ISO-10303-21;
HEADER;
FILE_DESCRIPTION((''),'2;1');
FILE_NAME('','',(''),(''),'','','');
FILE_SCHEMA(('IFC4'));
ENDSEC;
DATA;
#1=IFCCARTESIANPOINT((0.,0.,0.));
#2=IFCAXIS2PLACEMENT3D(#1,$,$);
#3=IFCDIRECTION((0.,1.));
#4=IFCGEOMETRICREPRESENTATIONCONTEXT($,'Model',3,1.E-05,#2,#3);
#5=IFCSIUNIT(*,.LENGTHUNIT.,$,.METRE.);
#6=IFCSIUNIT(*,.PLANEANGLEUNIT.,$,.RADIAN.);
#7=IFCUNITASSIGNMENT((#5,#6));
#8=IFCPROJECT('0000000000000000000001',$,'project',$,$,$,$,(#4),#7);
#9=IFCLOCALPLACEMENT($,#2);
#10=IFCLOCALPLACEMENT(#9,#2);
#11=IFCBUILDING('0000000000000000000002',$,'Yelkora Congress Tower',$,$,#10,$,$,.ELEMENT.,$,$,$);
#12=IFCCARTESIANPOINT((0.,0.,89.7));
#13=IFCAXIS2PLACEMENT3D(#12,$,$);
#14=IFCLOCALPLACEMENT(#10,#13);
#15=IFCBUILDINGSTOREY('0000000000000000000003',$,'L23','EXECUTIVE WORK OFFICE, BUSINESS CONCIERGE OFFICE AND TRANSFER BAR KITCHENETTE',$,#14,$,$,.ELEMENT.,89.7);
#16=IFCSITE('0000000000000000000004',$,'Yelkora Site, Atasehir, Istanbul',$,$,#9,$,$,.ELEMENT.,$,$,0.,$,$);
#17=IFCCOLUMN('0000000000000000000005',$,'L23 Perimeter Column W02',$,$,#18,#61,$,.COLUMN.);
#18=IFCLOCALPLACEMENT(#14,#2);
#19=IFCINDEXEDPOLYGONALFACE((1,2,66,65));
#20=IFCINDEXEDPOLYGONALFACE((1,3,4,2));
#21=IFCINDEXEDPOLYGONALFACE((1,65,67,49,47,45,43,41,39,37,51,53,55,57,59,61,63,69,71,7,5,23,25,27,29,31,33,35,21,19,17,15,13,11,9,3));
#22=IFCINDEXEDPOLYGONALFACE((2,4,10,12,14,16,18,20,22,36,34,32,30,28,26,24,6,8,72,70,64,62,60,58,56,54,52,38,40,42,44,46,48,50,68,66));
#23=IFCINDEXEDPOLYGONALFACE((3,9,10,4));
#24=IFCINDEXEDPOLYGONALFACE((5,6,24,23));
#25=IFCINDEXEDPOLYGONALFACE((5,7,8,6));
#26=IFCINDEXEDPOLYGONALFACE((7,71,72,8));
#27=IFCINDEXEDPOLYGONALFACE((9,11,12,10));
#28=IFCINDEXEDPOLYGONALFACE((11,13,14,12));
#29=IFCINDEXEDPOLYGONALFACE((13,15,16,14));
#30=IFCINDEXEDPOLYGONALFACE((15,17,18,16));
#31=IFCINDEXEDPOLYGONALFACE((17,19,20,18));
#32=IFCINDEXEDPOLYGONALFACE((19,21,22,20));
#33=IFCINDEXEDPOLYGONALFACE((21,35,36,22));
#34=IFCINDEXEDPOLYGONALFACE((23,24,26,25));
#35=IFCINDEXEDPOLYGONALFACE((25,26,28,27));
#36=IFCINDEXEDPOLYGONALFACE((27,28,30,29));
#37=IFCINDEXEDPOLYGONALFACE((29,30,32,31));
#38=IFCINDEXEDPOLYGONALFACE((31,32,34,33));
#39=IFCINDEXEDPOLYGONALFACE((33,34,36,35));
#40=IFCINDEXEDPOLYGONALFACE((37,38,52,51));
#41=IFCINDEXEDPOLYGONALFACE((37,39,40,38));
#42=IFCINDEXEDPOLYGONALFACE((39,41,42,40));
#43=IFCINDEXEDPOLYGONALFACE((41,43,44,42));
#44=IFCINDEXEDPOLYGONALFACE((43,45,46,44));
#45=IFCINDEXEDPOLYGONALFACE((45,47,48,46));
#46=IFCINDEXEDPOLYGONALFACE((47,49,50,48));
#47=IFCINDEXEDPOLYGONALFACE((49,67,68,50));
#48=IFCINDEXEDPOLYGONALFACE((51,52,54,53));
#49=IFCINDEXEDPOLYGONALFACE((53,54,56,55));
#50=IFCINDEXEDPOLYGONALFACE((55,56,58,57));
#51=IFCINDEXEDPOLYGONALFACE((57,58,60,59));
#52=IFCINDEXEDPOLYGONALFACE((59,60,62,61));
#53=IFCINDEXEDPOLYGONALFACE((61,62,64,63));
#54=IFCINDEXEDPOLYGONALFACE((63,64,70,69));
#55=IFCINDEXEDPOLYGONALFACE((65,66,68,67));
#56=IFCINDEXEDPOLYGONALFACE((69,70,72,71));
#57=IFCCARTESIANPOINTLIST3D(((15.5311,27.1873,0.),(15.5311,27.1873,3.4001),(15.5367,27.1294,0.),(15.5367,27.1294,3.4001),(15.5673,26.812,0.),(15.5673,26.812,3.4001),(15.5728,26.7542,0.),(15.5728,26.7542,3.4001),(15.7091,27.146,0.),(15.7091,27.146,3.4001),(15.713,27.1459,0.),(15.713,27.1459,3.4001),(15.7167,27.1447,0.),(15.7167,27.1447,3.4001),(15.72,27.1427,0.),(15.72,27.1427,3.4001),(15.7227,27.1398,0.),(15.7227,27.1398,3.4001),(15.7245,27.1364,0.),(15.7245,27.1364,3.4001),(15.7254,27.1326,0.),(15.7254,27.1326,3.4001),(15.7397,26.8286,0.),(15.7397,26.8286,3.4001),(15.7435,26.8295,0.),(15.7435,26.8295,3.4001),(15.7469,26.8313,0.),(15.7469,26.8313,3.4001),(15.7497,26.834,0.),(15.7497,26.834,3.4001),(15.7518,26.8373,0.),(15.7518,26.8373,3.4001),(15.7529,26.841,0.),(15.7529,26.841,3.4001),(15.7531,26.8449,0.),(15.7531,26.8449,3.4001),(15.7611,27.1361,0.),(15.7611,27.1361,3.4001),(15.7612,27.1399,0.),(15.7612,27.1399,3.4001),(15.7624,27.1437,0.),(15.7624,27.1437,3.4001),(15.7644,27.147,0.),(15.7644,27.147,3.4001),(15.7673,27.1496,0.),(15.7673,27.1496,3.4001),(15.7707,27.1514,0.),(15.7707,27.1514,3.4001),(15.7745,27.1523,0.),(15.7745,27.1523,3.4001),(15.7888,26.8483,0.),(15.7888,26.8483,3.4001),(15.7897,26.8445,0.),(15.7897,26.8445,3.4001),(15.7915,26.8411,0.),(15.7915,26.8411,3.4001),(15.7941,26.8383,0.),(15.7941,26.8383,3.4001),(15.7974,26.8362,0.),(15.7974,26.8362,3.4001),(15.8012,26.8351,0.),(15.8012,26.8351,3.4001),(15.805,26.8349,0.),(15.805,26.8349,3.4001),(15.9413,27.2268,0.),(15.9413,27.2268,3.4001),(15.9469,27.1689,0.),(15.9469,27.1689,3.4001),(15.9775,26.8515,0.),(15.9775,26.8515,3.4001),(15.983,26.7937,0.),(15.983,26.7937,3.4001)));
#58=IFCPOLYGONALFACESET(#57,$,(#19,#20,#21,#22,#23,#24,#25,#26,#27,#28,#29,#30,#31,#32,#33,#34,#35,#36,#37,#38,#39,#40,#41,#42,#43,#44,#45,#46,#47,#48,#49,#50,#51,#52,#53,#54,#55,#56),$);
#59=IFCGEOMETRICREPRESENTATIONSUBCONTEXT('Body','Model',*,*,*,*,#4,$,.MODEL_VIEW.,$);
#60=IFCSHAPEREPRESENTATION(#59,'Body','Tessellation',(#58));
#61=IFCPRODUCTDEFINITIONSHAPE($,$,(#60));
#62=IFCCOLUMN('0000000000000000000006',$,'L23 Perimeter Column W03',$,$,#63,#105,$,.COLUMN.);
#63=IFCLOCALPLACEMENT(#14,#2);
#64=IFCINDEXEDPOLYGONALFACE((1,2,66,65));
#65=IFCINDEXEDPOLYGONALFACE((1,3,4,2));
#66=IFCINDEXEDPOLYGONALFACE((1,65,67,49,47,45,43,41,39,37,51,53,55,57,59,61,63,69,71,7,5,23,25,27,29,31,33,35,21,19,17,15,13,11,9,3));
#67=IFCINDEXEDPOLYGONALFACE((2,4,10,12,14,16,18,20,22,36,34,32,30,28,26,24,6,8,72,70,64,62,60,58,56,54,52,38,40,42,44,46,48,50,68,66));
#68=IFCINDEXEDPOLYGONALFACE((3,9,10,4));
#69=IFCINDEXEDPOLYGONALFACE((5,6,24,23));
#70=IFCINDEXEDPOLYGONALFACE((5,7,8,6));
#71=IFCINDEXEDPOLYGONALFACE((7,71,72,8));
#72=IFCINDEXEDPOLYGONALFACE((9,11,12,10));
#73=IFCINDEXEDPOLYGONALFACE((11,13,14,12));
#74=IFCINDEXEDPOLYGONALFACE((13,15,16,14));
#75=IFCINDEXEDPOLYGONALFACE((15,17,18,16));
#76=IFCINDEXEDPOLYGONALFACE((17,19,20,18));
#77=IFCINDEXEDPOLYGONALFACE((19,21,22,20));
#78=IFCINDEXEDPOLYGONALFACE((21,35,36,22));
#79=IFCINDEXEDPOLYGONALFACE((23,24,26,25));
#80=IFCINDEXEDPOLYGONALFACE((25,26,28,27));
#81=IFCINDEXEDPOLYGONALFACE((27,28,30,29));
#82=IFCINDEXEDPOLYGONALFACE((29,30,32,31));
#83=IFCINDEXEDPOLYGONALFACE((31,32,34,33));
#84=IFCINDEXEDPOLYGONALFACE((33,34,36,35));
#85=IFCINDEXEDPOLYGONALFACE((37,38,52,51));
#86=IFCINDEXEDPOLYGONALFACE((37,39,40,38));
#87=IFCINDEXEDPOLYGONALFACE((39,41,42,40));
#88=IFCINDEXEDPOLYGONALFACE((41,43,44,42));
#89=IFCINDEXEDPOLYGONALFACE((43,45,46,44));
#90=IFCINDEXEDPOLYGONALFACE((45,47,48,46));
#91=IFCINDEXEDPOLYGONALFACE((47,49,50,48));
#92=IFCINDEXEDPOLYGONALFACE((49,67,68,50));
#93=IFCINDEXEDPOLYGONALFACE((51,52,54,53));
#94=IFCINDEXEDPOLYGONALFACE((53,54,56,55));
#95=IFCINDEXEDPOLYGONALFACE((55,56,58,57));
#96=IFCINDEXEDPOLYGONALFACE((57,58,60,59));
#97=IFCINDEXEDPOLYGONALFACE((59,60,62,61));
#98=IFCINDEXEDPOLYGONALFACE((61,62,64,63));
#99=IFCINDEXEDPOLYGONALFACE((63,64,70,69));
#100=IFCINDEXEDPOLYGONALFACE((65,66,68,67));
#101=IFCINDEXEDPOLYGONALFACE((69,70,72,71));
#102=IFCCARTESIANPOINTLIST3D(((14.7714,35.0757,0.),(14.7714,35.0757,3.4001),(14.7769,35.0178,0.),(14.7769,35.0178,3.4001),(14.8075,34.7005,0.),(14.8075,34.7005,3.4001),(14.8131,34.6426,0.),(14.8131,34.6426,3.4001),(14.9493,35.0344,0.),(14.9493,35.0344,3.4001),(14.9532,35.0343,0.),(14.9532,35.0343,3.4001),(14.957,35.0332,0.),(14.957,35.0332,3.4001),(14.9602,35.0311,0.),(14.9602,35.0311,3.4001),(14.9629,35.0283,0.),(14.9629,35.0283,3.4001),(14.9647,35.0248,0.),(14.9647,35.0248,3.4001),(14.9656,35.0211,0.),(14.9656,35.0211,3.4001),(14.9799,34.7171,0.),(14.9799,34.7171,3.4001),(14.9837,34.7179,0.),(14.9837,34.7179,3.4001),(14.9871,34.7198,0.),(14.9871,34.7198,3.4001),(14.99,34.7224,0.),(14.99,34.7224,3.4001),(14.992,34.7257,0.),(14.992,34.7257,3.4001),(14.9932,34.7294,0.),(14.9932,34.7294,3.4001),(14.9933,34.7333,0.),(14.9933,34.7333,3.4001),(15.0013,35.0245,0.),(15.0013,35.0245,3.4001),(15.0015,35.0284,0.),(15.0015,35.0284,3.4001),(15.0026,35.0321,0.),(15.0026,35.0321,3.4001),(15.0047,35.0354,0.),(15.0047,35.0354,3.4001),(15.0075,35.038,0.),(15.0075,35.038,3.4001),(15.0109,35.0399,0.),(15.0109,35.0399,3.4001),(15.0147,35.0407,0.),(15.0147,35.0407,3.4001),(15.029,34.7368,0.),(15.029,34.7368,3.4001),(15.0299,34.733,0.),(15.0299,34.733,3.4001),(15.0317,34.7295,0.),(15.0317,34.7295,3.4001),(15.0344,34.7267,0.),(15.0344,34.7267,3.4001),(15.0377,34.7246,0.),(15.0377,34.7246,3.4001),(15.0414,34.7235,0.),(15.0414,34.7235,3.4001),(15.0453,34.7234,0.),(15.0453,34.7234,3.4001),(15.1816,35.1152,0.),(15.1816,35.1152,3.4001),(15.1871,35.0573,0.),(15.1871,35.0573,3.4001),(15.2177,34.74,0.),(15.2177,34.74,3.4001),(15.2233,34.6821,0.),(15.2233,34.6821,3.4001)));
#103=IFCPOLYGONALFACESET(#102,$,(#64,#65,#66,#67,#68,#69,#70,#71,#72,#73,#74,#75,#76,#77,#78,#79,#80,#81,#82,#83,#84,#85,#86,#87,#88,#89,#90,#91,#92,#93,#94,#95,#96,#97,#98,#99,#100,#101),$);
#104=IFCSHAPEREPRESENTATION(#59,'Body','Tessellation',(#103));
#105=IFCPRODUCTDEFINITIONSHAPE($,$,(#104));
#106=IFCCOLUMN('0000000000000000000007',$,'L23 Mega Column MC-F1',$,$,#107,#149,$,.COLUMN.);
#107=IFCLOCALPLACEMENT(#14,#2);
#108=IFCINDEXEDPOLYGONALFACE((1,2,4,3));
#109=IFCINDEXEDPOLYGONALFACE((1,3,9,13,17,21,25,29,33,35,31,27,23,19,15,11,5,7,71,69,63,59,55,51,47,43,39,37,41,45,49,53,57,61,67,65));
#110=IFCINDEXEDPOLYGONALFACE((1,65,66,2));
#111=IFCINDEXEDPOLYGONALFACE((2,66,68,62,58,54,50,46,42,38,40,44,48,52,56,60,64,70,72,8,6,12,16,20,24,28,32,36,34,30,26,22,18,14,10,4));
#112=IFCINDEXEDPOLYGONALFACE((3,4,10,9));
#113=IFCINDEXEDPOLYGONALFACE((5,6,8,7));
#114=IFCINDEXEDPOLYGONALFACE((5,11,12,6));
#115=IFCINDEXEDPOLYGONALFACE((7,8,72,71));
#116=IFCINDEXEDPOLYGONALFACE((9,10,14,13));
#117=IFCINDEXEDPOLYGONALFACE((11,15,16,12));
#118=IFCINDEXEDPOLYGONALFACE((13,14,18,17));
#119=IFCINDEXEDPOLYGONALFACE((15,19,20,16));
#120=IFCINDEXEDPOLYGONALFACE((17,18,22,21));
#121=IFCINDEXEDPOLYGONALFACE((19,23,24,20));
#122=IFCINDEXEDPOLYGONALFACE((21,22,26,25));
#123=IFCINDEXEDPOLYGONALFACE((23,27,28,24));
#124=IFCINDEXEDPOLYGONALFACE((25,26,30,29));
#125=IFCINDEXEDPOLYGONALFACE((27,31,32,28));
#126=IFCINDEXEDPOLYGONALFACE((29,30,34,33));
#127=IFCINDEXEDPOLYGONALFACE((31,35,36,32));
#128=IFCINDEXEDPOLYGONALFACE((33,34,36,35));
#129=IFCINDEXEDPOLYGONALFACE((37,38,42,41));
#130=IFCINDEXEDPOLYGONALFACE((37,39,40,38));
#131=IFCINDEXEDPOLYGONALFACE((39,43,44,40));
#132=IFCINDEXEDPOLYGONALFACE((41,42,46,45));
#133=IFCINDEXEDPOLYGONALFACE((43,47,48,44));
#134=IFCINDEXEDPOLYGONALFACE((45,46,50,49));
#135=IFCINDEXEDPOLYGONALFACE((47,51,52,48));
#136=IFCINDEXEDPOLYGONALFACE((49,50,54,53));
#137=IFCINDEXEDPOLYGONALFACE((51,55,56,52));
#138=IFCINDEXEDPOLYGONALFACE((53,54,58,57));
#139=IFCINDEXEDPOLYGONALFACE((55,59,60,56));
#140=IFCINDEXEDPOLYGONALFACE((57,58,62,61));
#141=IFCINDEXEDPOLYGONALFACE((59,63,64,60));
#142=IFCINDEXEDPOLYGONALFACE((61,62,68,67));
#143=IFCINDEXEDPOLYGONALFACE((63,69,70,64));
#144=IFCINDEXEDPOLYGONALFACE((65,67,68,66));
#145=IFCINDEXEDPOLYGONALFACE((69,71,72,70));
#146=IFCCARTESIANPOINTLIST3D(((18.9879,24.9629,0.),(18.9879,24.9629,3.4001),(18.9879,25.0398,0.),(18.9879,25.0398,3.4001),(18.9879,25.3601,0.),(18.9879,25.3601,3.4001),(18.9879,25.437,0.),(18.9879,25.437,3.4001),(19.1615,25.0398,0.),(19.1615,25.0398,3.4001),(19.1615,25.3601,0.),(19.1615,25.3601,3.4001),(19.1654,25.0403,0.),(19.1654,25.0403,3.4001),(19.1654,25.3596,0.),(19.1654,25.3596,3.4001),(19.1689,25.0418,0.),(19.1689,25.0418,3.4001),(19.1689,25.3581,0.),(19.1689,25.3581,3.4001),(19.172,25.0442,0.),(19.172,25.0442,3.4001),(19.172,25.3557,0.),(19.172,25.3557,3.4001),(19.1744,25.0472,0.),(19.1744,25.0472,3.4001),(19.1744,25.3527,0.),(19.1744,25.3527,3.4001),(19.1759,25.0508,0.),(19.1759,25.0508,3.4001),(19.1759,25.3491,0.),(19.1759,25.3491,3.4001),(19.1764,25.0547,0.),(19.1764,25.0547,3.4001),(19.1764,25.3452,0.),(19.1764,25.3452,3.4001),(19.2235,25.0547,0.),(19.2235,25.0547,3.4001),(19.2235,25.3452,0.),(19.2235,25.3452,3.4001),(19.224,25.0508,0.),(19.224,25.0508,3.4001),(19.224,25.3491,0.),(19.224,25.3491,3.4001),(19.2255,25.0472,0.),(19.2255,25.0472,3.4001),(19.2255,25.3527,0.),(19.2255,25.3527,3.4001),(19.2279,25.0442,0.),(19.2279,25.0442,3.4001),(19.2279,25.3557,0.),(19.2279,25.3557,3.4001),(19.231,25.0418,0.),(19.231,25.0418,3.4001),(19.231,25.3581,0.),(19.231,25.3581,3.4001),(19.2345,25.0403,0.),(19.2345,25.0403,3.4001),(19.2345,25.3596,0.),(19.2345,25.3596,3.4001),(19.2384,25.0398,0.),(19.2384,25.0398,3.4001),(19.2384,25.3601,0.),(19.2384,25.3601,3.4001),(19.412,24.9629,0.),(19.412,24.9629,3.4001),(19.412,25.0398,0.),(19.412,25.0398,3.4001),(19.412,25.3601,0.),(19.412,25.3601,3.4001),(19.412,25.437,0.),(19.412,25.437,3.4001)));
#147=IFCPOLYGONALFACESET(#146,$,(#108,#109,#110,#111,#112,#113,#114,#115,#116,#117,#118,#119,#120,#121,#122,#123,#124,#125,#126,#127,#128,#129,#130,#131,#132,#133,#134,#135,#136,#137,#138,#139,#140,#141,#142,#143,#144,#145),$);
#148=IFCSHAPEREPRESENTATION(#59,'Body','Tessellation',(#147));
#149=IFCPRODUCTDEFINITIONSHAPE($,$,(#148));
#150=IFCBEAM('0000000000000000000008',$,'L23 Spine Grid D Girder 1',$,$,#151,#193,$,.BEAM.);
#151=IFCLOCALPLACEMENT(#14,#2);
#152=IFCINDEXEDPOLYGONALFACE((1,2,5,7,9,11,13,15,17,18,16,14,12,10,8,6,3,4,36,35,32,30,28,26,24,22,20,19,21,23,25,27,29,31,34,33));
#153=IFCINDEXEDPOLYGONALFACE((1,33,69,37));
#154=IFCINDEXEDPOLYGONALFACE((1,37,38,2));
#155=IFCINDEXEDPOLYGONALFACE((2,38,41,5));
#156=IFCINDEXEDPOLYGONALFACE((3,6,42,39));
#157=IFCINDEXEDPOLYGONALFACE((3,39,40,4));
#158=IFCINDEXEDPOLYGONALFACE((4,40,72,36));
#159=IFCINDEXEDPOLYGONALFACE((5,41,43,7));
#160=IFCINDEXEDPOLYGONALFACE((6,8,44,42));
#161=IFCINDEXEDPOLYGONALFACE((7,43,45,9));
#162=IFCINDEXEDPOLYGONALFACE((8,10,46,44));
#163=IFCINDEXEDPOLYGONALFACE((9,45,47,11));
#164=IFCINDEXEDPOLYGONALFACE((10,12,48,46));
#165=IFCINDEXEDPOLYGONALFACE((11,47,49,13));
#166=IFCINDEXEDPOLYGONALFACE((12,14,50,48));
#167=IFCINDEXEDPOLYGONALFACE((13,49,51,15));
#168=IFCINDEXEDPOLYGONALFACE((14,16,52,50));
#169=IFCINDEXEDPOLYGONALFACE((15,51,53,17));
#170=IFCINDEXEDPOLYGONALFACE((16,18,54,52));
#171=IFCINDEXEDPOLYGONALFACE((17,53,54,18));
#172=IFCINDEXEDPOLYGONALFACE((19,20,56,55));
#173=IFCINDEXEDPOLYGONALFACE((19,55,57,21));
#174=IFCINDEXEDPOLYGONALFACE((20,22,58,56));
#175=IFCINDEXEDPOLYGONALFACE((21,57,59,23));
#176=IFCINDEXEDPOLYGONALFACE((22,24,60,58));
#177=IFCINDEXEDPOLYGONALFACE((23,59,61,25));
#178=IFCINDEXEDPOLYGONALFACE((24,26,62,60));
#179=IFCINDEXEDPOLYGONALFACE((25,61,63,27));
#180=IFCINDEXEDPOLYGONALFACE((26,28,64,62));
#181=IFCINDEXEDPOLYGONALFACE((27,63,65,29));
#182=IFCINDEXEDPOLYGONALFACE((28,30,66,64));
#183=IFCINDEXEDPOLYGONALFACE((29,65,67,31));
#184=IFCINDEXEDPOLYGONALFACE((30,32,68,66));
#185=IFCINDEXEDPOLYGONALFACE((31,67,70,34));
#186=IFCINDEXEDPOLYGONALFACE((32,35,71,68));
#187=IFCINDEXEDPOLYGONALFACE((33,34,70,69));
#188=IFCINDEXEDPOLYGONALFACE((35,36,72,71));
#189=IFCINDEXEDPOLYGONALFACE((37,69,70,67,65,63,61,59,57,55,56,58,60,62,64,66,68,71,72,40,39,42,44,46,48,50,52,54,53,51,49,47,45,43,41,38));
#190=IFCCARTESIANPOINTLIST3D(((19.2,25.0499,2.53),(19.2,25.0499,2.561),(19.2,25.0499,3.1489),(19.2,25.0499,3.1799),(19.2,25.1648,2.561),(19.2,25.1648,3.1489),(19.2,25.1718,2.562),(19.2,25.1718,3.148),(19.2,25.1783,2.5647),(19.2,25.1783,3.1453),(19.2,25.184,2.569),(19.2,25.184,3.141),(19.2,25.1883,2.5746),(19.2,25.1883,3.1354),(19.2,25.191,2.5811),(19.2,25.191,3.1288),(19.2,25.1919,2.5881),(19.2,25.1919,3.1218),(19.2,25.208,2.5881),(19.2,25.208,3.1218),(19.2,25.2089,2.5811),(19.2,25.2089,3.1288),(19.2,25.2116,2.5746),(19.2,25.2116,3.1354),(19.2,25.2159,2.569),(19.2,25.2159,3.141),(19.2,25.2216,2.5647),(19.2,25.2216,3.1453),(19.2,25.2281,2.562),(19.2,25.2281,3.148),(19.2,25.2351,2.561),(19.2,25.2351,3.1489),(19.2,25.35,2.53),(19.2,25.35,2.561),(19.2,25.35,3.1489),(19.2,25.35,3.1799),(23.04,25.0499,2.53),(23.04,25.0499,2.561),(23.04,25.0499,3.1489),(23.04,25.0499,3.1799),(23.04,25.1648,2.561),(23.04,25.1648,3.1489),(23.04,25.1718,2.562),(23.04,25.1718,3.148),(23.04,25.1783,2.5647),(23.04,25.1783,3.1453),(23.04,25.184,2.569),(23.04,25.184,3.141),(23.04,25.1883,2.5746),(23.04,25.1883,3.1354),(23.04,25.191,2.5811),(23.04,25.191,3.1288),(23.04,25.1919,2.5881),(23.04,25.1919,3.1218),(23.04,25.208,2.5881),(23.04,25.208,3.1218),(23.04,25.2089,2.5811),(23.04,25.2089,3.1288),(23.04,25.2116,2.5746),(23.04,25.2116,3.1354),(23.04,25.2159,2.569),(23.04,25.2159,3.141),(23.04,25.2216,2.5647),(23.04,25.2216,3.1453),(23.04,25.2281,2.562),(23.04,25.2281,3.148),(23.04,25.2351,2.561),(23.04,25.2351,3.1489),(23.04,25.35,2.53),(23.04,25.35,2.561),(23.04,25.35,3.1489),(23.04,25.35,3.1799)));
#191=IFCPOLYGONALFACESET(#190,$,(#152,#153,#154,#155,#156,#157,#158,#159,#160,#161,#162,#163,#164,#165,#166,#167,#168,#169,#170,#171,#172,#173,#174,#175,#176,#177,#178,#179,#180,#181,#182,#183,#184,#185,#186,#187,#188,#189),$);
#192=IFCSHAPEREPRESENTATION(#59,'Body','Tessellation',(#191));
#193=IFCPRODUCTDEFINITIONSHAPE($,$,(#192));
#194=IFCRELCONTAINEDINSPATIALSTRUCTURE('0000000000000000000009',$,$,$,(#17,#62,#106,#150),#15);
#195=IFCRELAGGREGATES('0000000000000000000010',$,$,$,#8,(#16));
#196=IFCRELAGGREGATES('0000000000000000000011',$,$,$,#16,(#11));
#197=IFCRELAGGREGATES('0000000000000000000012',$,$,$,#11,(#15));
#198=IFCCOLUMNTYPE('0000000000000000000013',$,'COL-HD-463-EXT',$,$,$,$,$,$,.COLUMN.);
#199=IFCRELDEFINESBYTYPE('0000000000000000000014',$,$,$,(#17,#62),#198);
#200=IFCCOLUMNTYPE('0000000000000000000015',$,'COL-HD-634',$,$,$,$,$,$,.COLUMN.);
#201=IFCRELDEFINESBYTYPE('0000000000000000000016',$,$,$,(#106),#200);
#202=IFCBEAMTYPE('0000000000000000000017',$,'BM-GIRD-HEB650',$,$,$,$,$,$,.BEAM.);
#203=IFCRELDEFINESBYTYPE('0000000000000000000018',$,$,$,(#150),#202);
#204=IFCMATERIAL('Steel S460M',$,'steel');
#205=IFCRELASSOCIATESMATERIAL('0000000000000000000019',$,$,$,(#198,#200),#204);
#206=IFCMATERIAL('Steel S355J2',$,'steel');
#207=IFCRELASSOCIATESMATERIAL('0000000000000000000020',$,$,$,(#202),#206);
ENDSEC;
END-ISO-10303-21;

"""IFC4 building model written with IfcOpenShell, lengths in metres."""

from ifc_helpers import new_model, si_unit, direction, frame, origin, origin_2d, place, context, subcontext, project, spatial, i_section, extrude, material, material_profile, profile_set, type_object, element, save


model = new_model("IFC4")

# Units and contexts
model_context = context("Model", 3, precision=1e-05, world=origin(), true_north=direction((0.0, 1.0)))
body_context = subcontext(model_context, "Body", "Model", "MODEL_VIEW")
ifc_project = project(units=[si_unit("LENGTHUNIT", "METRE"), si_unit("PLANEANGLEUNIT", "RADIAN")], contexts=[model_context])

# Site, building, storey
site_placement = place(None, origin())
site = spatial("IfcSite", under=ifc_project, at=site_placement, Name="Yelkora Site, Atasehir, Istanbul", CompositionType="ELEMENT", RefElevation=0.0)
building_placement = place(site_placement, origin())
building = spatial("IfcBuilding", under=site, at=building_placement, Name="Yelkora Congress Tower", CompositionType="ELEMENT")
storey_placement = place(building_placement, frame((0.0, 0.0, 89.7)))
storey = spatial("IfcBuildingStorey", under=building, at=storey_placement, Name="L23", Description="EXECUTIVE WORK OFFICE, BUSINESS CONCIERGE OFFICE AND TRANSFER BAR KITCHENETTE", CompositionType="ELEMENT", Elevation=89.7)

# Columns
ifc_material_1 = material(Name="Steel S460M", Category="steel")
ifc_material_profile_1 = material_profile(ifc_material_1, i_section(OverallWidth=0.4121, OverallDepth=0.4351, WebThickness=0.0359, FlangeThickness=0.0581, FilletRadius=0.0149, at=origin_2d()), Name="HD 400x463")
ifc_profile_set_1 = profile_set([ifc_material_profile_1], Name="Steel S460M")
column_type_1 = type_object("IfcColumnType", Name="COL-HD-463-EXT", PredefinedType="COLUMN", material=ifc_profile_set_1)
for number, where, z_axis, x_axis, name in (
    (1, (15.7571, 26.9905, 0.0), (0.0, 0.0, 1.0), (0.995396, 0.095846, 0.0), "L23 Perimeter Column W02"),
    (2, (14.9973, 34.8789, 0.0), (0.0, 0.0, 1.0), (0.995396, 0.095846, 0.0), "L23 Perimeter Column W03"),
):
    element("IfcColumn", number, at=place(storey_placement, frame(where, z_axis=z_axis, x_axis=x_axis)), inside=storey, type_object=column_type_1, Name=name, PredefinedType="COLUMN", context=body_context, shape_type="SweptSolid", body=[
        extrude(i_section(OverallWidth=0.4121, OverallDepth=0.4351, WebThickness=0.0359, FlangeThickness=0.0581, FilletRadius=0.0149, at=origin_2d()), origin(), (0.0, 0.0, 1.0), 3.4001),
    ])
ifc_material_profile_2 = material_profile(ifc_material_1, i_section(OverallWidth=0.4241, OverallDepth=0.4741, WebThickness=0.0471, FlangeThickness=0.0769, FilletRadius=0.0149, at=origin_2d()), Name="HD 400x634")
ifc_profile_set_2 = profile_set([ifc_material_profile_2], Name="Steel S460M")
column_type_2 = type_object("IfcColumnType", Name="COL-HD-634", PredefinedType="COLUMN", material=ifc_profile_set_2)
column_placement = place(storey_placement, frame((19.2, 25.2, 0.0), z_axis=(0.0, 0.0, 1.0), x_axis=(1.0, 0.0, 0.0)))
element("IfcColumn", 3, at=column_placement, inside=storey, type_object=column_type_2, Name="L23 Mega Column MC-F1", PredefinedType="COLUMN", context=body_context, shape_type="SweptSolid", body=[
    extrude(i_section(OverallWidth=0.4241, OverallDepth=0.4741, WebThickness=0.0471, FlangeThickness=0.0769, FilletRadius=0.0149, at=origin_2d()), origin(), (0.0, 0.0, 1.0), 3.4001),
])

# Beam
ifc_material_2 = material(Name="Steel S355J2", Category="steel")
ifc_material_profile_3 = material_profile(ifc_material_2, i_section(OverallWidth=0.3, OverallDepth=0.6499, WebThickness=0.0161, FlangeThickness=0.031, FilletRadius=0.0271, at=origin_2d()), Name="HEB 650")
ifc_profile_set_3 = profile_set([ifc_material_profile_3], Name="Steel S355J2")
beam_type_1 = type_object("IfcBeamType", Name="BM-GIRD-HEB650", PredefinedType="BEAM", material=ifc_profile_set_3)
beam_1_placement = place(storey_placement, frame((19.2, 25.2, 2.855), z_axis=(1.0, 0.0, 0.0), x_axis=(0.0, 1.0, 0.0)))
element("IfcBeam", 4, at=beam_1_placement, inside=storey, type_object=beam_type_1, Name="L23 Spine Grid D Girder 1", PredefinedType="BEAM", context=body_context, shape_type="SweptSolid", body=[
    extrude(i_section(OverallWidth=0.3, OverallDepth=0.6499, WebThickness=0.0161, FlangeThickness=0.031, FilletRadius=0.0271, at=origin_2d()), origin(), (0.0, 0.0, 1.0), 3.8401),
])

save(model, "model.ifc")
